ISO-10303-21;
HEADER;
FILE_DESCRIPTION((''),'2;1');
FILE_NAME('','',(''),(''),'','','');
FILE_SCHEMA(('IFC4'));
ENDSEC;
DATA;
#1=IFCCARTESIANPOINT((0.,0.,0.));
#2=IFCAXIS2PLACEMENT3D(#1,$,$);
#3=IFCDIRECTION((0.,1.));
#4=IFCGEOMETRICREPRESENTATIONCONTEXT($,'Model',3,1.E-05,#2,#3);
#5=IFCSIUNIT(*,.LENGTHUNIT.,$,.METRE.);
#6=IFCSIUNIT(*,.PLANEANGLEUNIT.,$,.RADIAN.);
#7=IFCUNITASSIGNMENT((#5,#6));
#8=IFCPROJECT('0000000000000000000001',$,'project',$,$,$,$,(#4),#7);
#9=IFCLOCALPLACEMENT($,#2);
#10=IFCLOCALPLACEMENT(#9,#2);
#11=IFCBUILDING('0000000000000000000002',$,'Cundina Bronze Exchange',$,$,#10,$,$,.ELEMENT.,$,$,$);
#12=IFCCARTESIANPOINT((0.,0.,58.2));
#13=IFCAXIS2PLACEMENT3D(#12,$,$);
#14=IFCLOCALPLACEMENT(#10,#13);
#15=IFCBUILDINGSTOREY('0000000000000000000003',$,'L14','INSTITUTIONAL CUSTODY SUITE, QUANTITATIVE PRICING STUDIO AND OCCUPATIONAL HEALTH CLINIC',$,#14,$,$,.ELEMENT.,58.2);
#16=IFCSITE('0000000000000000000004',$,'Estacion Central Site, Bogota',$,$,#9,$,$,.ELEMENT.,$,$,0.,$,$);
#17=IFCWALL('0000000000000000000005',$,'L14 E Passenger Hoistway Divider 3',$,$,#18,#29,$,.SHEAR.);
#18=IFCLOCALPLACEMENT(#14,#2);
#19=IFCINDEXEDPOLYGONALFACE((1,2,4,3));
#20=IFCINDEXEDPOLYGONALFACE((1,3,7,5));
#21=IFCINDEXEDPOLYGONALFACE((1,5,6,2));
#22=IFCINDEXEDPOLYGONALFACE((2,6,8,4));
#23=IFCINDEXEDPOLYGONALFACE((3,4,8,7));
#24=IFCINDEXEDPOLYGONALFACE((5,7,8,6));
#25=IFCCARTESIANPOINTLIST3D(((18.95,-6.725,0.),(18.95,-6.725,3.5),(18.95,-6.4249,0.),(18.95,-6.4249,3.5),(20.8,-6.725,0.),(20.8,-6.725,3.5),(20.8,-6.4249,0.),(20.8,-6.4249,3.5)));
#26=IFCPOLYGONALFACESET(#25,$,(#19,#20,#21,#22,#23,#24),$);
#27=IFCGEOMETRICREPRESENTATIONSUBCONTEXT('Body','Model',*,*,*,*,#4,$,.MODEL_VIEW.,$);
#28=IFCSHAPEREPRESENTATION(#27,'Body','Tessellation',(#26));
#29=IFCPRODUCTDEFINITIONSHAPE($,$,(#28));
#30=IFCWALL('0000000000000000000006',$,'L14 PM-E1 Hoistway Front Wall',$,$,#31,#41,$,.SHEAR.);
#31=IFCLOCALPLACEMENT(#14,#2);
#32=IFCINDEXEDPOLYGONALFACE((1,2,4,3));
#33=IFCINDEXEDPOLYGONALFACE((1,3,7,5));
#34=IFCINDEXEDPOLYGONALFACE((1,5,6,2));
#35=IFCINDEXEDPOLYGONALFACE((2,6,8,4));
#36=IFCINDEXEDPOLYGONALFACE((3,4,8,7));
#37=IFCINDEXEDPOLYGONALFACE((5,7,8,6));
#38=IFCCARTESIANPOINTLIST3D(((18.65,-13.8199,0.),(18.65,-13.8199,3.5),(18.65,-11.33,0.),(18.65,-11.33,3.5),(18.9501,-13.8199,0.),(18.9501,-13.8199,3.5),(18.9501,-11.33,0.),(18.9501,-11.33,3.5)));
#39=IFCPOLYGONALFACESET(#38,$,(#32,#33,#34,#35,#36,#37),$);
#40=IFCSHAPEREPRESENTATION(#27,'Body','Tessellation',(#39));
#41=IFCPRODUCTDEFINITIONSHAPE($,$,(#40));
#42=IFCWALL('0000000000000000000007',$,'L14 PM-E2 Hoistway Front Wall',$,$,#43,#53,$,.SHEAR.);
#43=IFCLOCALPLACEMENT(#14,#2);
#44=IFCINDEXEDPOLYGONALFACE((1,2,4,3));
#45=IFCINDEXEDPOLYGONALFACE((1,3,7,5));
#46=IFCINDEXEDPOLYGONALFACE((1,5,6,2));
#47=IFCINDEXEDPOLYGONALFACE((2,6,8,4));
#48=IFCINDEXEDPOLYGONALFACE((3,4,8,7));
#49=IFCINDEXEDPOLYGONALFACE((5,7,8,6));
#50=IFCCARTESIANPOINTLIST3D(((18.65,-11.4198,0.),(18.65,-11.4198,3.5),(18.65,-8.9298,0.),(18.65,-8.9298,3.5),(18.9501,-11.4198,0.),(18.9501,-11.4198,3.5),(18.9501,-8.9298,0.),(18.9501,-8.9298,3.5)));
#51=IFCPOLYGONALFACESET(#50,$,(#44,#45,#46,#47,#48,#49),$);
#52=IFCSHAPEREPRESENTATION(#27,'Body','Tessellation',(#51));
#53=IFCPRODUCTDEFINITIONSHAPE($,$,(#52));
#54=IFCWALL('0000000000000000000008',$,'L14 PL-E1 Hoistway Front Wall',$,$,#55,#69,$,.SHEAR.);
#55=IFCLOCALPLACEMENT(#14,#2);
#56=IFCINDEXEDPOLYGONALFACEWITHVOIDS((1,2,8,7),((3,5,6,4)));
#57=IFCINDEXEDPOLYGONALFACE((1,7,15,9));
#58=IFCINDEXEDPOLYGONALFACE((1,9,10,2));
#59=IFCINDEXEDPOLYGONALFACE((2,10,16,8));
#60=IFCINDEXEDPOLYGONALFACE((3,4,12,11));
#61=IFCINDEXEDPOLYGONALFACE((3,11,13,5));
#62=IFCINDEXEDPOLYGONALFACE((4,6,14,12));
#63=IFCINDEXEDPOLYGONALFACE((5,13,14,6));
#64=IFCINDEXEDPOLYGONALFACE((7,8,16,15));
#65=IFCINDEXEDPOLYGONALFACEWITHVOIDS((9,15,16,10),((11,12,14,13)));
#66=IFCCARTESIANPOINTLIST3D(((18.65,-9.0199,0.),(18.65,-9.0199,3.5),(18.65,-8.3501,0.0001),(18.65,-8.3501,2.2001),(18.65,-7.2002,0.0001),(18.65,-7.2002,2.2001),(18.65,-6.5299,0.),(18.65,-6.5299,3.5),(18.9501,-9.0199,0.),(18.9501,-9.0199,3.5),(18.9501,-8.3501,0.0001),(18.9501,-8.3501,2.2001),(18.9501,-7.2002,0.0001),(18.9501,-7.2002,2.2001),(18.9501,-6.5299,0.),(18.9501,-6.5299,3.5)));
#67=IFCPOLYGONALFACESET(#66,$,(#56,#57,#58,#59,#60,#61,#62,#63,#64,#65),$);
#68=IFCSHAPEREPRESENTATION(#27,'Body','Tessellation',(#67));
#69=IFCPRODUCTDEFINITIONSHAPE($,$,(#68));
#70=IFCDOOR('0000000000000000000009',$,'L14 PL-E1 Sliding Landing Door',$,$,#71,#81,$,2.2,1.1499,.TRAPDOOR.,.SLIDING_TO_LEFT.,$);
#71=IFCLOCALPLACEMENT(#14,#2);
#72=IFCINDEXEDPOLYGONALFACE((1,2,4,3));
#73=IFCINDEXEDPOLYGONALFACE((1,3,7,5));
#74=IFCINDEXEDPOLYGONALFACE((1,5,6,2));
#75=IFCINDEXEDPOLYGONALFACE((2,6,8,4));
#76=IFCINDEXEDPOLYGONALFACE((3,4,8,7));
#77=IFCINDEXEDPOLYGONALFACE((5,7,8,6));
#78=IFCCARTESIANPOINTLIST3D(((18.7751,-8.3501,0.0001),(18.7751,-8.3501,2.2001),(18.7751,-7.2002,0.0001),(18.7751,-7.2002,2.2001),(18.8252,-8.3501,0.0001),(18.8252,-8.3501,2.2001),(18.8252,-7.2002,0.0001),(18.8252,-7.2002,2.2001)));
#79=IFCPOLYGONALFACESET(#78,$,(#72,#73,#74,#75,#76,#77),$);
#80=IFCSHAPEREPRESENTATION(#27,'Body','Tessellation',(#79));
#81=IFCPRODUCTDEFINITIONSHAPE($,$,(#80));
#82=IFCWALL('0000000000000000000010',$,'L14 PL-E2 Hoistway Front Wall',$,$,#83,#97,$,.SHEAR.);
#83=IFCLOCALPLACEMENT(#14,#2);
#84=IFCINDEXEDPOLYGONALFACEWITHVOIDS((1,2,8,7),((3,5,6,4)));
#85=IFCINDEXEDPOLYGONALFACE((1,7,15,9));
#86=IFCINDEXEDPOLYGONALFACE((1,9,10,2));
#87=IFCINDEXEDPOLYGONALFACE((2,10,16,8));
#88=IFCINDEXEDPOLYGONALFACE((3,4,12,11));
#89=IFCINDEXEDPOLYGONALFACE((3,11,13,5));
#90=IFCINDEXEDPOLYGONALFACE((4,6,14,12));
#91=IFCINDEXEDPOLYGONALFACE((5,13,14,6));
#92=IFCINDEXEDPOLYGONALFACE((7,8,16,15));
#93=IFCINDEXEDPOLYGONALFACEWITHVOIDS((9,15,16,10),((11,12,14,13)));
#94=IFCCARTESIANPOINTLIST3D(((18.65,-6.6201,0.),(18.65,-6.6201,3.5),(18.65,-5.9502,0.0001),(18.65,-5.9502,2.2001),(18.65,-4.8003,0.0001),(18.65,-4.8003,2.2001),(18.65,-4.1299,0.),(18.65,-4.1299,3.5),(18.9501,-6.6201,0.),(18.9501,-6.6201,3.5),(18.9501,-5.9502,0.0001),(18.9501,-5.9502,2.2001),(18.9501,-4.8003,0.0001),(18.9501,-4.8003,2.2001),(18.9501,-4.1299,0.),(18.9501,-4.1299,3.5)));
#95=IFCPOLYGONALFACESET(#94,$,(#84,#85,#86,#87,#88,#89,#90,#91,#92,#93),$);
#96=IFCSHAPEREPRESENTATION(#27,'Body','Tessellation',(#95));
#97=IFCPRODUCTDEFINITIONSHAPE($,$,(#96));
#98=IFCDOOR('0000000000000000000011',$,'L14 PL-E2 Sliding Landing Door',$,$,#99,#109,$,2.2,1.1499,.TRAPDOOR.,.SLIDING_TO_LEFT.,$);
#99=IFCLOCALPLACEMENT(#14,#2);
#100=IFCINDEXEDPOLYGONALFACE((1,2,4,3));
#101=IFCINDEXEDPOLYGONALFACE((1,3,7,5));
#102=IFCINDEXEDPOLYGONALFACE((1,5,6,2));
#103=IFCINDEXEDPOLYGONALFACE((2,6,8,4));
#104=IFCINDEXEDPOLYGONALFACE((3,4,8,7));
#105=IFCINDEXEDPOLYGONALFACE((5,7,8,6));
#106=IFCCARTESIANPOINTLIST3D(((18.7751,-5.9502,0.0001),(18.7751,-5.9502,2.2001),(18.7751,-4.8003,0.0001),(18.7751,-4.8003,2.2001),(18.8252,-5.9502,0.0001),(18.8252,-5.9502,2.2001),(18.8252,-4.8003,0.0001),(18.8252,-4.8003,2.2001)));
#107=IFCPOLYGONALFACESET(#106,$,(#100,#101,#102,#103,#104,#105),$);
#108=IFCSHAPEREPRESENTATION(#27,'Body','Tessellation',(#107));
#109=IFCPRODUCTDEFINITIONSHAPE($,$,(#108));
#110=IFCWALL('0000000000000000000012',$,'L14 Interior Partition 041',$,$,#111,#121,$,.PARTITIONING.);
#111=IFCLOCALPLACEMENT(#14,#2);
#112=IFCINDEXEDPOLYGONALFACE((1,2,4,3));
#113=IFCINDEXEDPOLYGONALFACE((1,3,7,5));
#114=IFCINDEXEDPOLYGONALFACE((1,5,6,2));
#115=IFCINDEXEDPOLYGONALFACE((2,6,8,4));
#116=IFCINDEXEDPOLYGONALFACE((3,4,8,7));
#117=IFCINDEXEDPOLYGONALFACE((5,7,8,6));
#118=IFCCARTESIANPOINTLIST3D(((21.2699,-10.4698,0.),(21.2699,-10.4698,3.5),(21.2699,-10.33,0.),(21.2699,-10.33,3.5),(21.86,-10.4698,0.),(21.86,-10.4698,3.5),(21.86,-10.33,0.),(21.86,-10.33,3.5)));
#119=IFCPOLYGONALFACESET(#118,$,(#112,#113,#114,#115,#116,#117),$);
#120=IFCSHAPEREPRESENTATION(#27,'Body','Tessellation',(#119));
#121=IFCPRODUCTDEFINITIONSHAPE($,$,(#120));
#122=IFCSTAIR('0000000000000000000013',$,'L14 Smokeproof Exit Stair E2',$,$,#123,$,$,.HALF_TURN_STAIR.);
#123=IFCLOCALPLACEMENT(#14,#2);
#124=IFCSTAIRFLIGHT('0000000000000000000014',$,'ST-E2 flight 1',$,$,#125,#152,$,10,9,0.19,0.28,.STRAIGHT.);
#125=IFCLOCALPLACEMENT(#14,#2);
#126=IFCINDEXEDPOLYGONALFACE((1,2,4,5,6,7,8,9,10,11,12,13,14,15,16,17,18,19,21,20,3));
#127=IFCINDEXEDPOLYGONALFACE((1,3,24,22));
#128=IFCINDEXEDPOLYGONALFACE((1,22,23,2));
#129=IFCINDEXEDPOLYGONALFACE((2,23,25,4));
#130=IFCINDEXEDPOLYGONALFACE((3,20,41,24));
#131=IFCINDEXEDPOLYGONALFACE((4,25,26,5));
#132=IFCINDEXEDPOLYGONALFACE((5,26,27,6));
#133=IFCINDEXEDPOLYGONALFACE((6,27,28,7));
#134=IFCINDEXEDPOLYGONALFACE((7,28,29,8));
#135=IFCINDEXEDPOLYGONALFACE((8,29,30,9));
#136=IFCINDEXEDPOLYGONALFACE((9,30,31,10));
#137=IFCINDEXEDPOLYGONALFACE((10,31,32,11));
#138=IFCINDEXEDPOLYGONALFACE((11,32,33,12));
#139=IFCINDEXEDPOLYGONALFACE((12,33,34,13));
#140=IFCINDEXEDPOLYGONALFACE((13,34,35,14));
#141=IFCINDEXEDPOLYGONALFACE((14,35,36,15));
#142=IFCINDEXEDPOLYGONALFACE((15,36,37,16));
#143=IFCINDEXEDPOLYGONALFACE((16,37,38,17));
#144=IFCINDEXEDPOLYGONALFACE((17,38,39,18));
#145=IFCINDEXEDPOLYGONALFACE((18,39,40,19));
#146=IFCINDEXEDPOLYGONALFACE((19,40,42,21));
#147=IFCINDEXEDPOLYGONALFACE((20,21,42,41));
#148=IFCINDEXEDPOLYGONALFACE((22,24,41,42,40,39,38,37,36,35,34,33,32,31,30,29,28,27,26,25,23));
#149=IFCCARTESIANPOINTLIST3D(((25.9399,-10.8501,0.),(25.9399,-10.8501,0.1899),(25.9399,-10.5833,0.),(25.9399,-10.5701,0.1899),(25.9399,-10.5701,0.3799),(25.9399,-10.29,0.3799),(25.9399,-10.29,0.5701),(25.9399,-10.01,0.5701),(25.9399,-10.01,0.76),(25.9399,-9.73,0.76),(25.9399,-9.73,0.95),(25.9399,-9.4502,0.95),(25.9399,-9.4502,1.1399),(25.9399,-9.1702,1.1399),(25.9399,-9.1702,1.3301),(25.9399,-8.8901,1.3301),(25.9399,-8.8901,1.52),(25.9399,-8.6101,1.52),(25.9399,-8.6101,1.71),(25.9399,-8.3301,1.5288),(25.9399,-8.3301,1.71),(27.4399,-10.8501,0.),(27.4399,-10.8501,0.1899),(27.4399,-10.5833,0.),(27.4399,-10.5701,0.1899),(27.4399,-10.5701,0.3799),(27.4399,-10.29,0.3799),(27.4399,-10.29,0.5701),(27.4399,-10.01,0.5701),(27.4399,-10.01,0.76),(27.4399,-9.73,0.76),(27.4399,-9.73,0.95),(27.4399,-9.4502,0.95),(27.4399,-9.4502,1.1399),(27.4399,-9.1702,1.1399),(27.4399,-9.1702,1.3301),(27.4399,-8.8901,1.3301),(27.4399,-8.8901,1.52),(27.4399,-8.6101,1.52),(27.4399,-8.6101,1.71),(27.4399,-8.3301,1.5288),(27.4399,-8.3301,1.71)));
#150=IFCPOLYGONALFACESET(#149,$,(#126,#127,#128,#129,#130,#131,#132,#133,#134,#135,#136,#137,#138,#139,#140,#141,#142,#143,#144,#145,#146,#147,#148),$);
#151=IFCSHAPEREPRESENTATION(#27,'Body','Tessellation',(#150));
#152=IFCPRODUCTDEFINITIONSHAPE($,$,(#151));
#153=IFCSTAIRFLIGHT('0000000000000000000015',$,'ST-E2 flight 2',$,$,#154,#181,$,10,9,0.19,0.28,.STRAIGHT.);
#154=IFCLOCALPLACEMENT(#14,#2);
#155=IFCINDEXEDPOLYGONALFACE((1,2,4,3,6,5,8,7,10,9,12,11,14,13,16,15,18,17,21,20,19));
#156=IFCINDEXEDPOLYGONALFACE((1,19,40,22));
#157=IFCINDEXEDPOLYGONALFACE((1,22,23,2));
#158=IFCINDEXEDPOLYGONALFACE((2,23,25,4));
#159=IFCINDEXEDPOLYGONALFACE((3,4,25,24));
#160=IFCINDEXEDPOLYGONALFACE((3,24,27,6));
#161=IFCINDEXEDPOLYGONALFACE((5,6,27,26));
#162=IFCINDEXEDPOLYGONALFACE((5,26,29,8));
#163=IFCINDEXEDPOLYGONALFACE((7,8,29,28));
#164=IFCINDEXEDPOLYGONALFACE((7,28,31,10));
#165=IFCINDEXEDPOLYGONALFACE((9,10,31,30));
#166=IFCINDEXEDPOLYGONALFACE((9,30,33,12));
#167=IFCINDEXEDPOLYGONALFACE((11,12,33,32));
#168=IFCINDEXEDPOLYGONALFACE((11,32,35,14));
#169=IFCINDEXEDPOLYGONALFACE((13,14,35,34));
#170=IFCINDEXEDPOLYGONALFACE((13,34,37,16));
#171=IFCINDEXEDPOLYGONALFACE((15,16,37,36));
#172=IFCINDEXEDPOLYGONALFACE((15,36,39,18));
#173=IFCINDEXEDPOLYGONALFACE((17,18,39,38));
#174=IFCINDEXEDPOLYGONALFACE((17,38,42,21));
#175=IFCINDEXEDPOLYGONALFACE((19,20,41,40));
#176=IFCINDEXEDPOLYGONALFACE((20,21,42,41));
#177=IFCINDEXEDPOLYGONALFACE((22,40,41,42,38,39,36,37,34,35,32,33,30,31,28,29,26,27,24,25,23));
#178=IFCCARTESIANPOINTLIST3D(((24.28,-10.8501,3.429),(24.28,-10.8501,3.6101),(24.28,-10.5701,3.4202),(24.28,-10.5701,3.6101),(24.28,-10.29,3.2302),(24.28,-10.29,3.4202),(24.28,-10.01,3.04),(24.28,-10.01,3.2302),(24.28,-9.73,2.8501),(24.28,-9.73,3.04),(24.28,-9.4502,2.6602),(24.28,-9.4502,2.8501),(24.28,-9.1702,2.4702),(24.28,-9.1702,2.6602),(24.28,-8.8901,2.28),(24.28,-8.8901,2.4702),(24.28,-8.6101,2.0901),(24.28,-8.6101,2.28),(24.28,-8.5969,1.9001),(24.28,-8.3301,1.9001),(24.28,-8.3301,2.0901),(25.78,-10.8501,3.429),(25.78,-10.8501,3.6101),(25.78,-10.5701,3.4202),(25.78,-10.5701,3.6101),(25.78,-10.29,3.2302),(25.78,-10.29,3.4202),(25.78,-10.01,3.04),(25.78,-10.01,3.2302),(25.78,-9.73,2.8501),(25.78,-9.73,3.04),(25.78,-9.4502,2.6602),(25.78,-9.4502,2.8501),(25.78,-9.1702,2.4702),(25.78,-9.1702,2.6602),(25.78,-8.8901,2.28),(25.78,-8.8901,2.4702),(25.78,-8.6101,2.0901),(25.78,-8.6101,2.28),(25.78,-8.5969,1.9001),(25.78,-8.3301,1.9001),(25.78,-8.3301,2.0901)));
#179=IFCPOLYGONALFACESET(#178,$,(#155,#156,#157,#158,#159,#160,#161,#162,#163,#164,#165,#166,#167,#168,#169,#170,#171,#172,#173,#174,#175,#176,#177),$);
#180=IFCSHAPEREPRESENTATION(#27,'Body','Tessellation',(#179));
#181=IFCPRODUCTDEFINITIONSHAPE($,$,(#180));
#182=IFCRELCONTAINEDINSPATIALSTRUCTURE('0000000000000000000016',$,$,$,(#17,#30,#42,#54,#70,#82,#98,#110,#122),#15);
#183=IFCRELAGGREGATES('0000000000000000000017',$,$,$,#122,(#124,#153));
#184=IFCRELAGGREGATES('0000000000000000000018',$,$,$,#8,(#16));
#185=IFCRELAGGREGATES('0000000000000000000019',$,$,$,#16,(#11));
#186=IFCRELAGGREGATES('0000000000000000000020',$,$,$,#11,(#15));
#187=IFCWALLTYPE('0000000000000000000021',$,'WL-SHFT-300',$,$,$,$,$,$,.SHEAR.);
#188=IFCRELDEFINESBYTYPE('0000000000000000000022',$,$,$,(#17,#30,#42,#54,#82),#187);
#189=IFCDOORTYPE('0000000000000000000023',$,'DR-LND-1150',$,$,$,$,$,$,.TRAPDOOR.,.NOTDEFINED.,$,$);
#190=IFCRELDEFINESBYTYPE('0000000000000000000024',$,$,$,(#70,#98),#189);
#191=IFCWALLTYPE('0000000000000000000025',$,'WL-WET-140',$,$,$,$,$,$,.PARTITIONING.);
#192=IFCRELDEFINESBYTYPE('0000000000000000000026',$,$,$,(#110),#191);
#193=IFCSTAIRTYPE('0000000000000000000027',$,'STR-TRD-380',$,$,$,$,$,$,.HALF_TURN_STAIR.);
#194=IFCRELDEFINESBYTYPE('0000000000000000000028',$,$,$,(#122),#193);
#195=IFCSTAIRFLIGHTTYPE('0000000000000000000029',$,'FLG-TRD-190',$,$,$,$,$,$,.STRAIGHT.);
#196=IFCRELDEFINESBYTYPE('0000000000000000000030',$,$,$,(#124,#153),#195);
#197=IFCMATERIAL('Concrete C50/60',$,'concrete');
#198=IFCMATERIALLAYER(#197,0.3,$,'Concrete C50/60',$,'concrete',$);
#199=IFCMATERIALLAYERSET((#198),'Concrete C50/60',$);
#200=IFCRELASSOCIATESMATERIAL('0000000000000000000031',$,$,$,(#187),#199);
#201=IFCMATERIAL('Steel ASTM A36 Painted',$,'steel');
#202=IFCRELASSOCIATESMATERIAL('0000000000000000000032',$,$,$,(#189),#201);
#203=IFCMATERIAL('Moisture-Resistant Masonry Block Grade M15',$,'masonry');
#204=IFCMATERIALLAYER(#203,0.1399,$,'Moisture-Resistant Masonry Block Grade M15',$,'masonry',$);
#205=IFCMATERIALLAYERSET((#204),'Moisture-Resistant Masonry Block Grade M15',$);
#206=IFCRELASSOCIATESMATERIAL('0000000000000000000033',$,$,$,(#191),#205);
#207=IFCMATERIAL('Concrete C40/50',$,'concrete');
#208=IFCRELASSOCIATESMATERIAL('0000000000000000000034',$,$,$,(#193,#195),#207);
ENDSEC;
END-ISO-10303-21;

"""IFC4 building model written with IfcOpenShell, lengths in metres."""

from ifc_helpers import new_model, si_unit, direction, frame, frame_2d, origin, place, context, subcontext, project, spatial, polyline, rectangle, outline, extrude, material, layer, layer_set, type_object, element, fill, aggregate, save


model = new_model("IFC4")

# Units and contexts
model_context = context("Model", 3, precision=1e-05, world=origin(), true_north=direction((0.0, 1.0)))
body_context = subcontext(model_context, "Body", "Model", "MODEL_VIEW")
ifc_project = project(units=[si_unit("LENGTHUNIT", "METRE"), si_unit("PLANEANGLEUNIT", "RADIAN")], contexts=[model_context])

# Site, building, storey
site_placement = place(None, origin())
site = spatial("IfcSite", under=ifc_project, at=site_placement, Name="Estacion Central Site, Bogota", CompositionType="ELEMENT", RefElevation=0.0)
building_placement = place(site_placement, origin())
building = spatial("IfcBuilding", under=site, at=building_placement, Name="Cundina Bronze Exchange", CompositionType="ELEMENT")
storey_placement = place(building_placement, frame((0.0, 0.0, 58.2)))
storey = spatial("IfcBuildingStorey", under=building, at=storey_placement, Name="L14", Description="INSTITUTIONAL CUSTODY SUITE, QUANTITATIVE PRICING STUDIO AND OCCUPATIONAL HEALTH CLINIC", CompositionType="ELEMENT", Elevation=58.2)

# Shared definitions
ifc_material_1 = material(Name="Concrete C50/60", Category="concrete")
ifc_layer_1 = layer(ifc_material_1, 0.3, Name="Concrete C50/60", Category="concrete")
ifc_layer_set_1 = layer_set([ifc_layer_1], Name="Concrete C50/60")
wall_type_1 = type_object("IfcWallType", Name="WL-SHFT-300", PredefinedType="SHEAR", material=ifc_layer_set_1)

# Shared definitions
ifc_material_2 = material(Name="Steel ASTM A36 Painted", Category="steel")
door_type_1 = type_object("IfcDoorType", Name="DR-LND-1150", OperationType="NOTDEFINED", PredefinedType="TRAPDOOR", material=ifc_material_2)

# Walls
for number, where, z_axis, x_axis, name in (
    (1, (18.95, -6.575, 0.0), (0.0, 0.0, 1.0), (1.0, 0.0, 0.0), "L14 E Passenger Hoistway Divider 3"),
):
    element("IfcWall", number, at=place(storey_placement, frame(where, z_axis=z_axis, x_axis=x_axis)), inside=storey, type_object=wall_type_1, Name=name, PredefinedType="SHEAR", context=body_context, shape_type="SweptSolid", body=[
        extrude(rectangle(XDim=1.8501, YDim=0.3, at=frame_2d((0.925, 0.0))), origin(), (0.0, 0.0, 1.0), 3.5),
    ])
for number, where, z_axis, x_axis, name in (
    (2, (18.8, -13.8201, 0.0), (0.0, 0.0, 1.0), (0.0, 1.0, 0.0), "L14 PM-E1 Hoistway Front Wall"),
    (3, (18.8, -11.4199, 0.0), (0.0, 0.0, 1.0), (0.0, 1.0, 0.0), "L14 PM-E2 Hoistway Front Wall"),
):
    element("IfcWall", number, at=place(storey_placement, frame(where, z_axis=z_axis, x_axis=x_axis)), inside=storey, type_object=wall_type_1, Name=name, PredefinedType="SHEAR", context=body_context, shape_type="SweptSolid", body=[
        extrude(rectangle(XDim=2.49, YDim=0.3, at=frame_2d((1.2451, 0.0))), origin(), (0.0, 0.0, 1.0), 3.5),
    ])

# Walls, openings, doors
wall_1_placement = place(storey_placement, frame((18.8, -9.02, 0.0), z_axis=(0.0, 0.0, 1.0), x_axis=(0.0, 1.0, 0.0)))
wall_1 = element("IfcWall", 4, at=wall_1_placement, inside=storey, type_object=wall_type_1, Name="L14 PL-E1 Hoistway Front Wall", PredefinedType="SHEAR", context=body_context, shape_type="SweptSolid", body=[
    extrude(rectangle(XDim=2.49, YDim=0.3, at=frame_2d((1.2451, 0.0))), origin(), (0.0, 0.0, 1.0), 3.5),
])
opening_1_placement = place(wall_1_placement, frame((0.6699, 0.0, 0.0)))
opening_1 = element("IfcOpeningElement", 5, at=opening_1_placement, cuts=wall_1, PredefinedType="OPENING", context=body_context, shape_type="SweptSolid", body=[
    extrude(rectangle(XDim=1.1499, YDim=2.2, at=frame_2d((0.575, 1.1001))), frame((0.0, 0.1599, 0.0), z_axis=(0.0, -1.0, 0.0), x_axis=(1.0, 0.0, 0.0)), (0.0, 0.0, 1.0), 0.3201),
])
door_1_placement = place(opening_1_placement, origin())
door_1 = element("IfcDoor", 6, at=door_1_placement, inside=storey, type_object=door_type_1, Name="L14 PL-E1 Sliding Landing Door", OperationType="SLIDING_TO_LEFT", OverallHeight=2.2, OverallWidth=1.1499, PredefinedType="TRAPDOOR", context=body_context, shape_type="SweptSolid", body=[
    extrude(rectangle(XDim=1.1499, YDim=2.2, at=frame_2d((0.575, 1.1001))), frame((0.0, 0.0249, 0.0), z_axis=(0.0, -1.0, 0.0), x_axis=(1.0, 0.0, 0.0)), (0.0, 0.0, 1.0), 0.05),
])
fill(opening_1, door_1)
wall_2_placement = place(storey_placement, frame((18.8, -6.6201, 0.0), z_axis=(0.0, 0.0, 1.0), x_axis=(0.0, 1.0, 0.0)))
wall_2 = element("IfcWall", 7, at=wall_2_placement, inside=storey, type_object=wall_type_1, Name="L14 PL-E2 Hoistway Front Wall", PredefinedType="SHEAR", context=body_context, shape_type="SweptSolid", body=[
    extrude(rectangle(XDim=2.4902, YDim=0.3, at=frame_2d((1.2451, 0.0))), origin(), (0.0, 0.0, 1.0), 3.5),
])
opening_2_placement = place(wall_2_placement, frame((0.6699, 0.0, 0.0)))
opening_2 = element("IfcOpeningElement", 8, at=opening_2_placement, cuts=wall_2, PredefinedType="OPENING", context=body_context, shape_type="SweptSolid", body=[
    extrude(rectangle(XDim=1.1499, YDim=2.2, at=frame_2d((0.575, 1.1001))), frame((0.0, 0.1599, 0.0), z_axis=(0.0, -1.0, 0.0), x_axis=(1.0, 0.0, 0.0)), (0.0, 0.0, 1.0), 0.3201),
])
door_2_placement = place(opening_2_placement, origin())
door_2 = element("IfcDoor", 9, at=door_2_placement, inside=storey, type_object=door_type_1, Name="L14 PL-E2 Sliding Landing Door", OperationType="SLIDING_TO_LEFT", OverallHeight=2.2, OverallWidth=1.1499, PredefinedType="TRAPDOOR", context=body_context, shape_type="SweptSolid", body=[
    extrude(rectangle(XDim=1.1499, YDim=2.2, at=frame_2d((0.575, 1.1001))), frame((0.0, 0.0249, 0.0), z_axis=(0.0, -1.0, 0.0), x_axis=(1.0, 0.0, 0.0)), (0.0, 0.0, 1.0), 0.05),
])
fill(opening_2, door_2)

# Wall
ifc_material_3 = material(Name="Moisture-Resistant Masonry Block Grade M15", Category="masonry")
ifc_layer_2 = layer(ifc_material_3, 0.1399, Name="Moisture-Resistant Masonry Block Grade M15", Category="masonry")
ifc_layer_set_2 = layer_set([ifc_layer_2], Name="Moisture-Resistant Masonry Block Grade M15")
wall_type_2 = type_object("IfcWallType", Name="WL-WET-140", PredefinedType="PARTITIONING", material=ifc_layer_set_2)
wall_3_placement = place(storey_placement, frame((21.27, -10.3999, 0.0), z_axis=(0.0, 0.0, 1.0), x_axis=(1.0, 0.0, 0.0)))
element("IfcWall", 10, at=wall_3_placement, inside=storey, type_object=wall_type_2, Name="L14 Interior Partition 041", PredefinedType="PARTITIONING", context=body_context, shape_type="SweptSolid", body=[
    extrude(rectangle(XDim=0.5901, YDim=0.1399, at=frame_2d((0.2949, 0.0))), origin(), (0.0, 0.0, 1.0), 3.5),
])

# Stair, stair flights
ifc_material_4 = material(Name="Concrete C40/50", Category="concrete")
stair_type = type_object("IfcStairType", Name="STR-TRD-380", PredefinedType="HALF_TURN_STAIR", material=ifc_material_4)
stair_placement = place(storey_placement, origin())
stair = element("IfcStair", 11, at=stair_placement, inside=storey, type_object=stair_type, Name="L14 Smokeproof Exit Stair E2", PredefinedType="HALF_TURN_STAIR")
stair_flight_type = type_object("IfcStairFlightType", Name="FLG-TRD-190", PredefinedType="STRAIGHT", material=ifc_material_4)
stair_flight_1_placement = place(storey_placement, frame((26.6899, -10.8501, 0.0), z_axis=(0.0, 0.0, 1.0), x_axis=(0.0, 1.0, 0.0)))
stair_flight_1 = element("IfcStairFlight", 12, at=stair_flight_1_placement, type_object=stair_flight_type, Name="ST-E2 flight 1", NumberOfRisers=10, NumberOfTreads=9, PredefinedType="STRAIGHT", RiserHeight=0.19, TreadLength=0.28, context=body_context, shape_type="SweptSolid", body=[
    extrude(outline(polyline([(0.0, 0.0), (0.0, 0.1899), (0.28, 0.1899), (0.28, 0.3799), (0.5601, 0.3799), (0.5601, 0.5701), (0.8401, 0.5701), (0.8401, 0.76), (1.1201, 0.76), (1.1201, 0.95), (1.3999, 0.95), (1.3999, 1.1399), (1.6799, 1.1399), (1.6799, 1.3301), (1.96, 1.3301), (1.96, 1.52), (2.24, 1.52), (2.24, 1.71), (2.52, 1.71), (2.52, 1.8999), (2.52, 1.5288), (0.2668, 0.0), (0.0, 0.0)])), frame((0.0, 0.75, 0.0), z_axis=(0.0, -1.0, 0.0), x_axis=(1.0, 0.0, 0.0)), (0.0, 0.0, 1.0), 1.5),
])
stair_flight_2_placement = place(storey_placement, frame((25.03, -8.3301, 1.9001), z_axis=(0.0, 0.0, 1.0), x_axis=(0.0, -1.0, 0.0)))
stair_flight_2 = element("IfcStairFlight", 13, at=stair_flight_2_placement, type_object=stair_flight_type, Name="ST-E2 flight 2", NumberOfRisers=10, NumberOfTreads=9, PredefinedType="STRAIGHT", RiserHeight=0.19, TreadLength=0.28, context=body_context, shape_type="SweptSolid", body=[
    extrude(outline(polyline([(0.0, 0.0), (0.0, 0.1899), (0.28, 0.1899), (0.28, 0.3799), (0.5601, 0.3799), (0.5601, 0.5701), (0.8401, 0.5701), (0.8401, 0.76), (1.1201, 0.76), (1.1201, 0.95), (1.3999, 0.95), (1.3999, 1.1399), (1.6799, 1.1399), (1.6799, 1.3301), (1.96, 1.3301), (1.96, 1.52), (2.24, 1.52), (2.24, 1.71), (2.52, 1.71), (2.52, 1.8999), (2.52, 1.5288), (0.2668, 0.0), (0.0, 0.0)])), frame((0.0, 0.75, 0.0), z_axis=(0.0, -1.0, 0.0), x_axis=(1.0, 0.0, 0.0)), (0.0, 0.0, 1.0), 1.5),
])
aggregate(stair, [stair_flight_1, stair_flight_2])

save(model, "model.ifc")
